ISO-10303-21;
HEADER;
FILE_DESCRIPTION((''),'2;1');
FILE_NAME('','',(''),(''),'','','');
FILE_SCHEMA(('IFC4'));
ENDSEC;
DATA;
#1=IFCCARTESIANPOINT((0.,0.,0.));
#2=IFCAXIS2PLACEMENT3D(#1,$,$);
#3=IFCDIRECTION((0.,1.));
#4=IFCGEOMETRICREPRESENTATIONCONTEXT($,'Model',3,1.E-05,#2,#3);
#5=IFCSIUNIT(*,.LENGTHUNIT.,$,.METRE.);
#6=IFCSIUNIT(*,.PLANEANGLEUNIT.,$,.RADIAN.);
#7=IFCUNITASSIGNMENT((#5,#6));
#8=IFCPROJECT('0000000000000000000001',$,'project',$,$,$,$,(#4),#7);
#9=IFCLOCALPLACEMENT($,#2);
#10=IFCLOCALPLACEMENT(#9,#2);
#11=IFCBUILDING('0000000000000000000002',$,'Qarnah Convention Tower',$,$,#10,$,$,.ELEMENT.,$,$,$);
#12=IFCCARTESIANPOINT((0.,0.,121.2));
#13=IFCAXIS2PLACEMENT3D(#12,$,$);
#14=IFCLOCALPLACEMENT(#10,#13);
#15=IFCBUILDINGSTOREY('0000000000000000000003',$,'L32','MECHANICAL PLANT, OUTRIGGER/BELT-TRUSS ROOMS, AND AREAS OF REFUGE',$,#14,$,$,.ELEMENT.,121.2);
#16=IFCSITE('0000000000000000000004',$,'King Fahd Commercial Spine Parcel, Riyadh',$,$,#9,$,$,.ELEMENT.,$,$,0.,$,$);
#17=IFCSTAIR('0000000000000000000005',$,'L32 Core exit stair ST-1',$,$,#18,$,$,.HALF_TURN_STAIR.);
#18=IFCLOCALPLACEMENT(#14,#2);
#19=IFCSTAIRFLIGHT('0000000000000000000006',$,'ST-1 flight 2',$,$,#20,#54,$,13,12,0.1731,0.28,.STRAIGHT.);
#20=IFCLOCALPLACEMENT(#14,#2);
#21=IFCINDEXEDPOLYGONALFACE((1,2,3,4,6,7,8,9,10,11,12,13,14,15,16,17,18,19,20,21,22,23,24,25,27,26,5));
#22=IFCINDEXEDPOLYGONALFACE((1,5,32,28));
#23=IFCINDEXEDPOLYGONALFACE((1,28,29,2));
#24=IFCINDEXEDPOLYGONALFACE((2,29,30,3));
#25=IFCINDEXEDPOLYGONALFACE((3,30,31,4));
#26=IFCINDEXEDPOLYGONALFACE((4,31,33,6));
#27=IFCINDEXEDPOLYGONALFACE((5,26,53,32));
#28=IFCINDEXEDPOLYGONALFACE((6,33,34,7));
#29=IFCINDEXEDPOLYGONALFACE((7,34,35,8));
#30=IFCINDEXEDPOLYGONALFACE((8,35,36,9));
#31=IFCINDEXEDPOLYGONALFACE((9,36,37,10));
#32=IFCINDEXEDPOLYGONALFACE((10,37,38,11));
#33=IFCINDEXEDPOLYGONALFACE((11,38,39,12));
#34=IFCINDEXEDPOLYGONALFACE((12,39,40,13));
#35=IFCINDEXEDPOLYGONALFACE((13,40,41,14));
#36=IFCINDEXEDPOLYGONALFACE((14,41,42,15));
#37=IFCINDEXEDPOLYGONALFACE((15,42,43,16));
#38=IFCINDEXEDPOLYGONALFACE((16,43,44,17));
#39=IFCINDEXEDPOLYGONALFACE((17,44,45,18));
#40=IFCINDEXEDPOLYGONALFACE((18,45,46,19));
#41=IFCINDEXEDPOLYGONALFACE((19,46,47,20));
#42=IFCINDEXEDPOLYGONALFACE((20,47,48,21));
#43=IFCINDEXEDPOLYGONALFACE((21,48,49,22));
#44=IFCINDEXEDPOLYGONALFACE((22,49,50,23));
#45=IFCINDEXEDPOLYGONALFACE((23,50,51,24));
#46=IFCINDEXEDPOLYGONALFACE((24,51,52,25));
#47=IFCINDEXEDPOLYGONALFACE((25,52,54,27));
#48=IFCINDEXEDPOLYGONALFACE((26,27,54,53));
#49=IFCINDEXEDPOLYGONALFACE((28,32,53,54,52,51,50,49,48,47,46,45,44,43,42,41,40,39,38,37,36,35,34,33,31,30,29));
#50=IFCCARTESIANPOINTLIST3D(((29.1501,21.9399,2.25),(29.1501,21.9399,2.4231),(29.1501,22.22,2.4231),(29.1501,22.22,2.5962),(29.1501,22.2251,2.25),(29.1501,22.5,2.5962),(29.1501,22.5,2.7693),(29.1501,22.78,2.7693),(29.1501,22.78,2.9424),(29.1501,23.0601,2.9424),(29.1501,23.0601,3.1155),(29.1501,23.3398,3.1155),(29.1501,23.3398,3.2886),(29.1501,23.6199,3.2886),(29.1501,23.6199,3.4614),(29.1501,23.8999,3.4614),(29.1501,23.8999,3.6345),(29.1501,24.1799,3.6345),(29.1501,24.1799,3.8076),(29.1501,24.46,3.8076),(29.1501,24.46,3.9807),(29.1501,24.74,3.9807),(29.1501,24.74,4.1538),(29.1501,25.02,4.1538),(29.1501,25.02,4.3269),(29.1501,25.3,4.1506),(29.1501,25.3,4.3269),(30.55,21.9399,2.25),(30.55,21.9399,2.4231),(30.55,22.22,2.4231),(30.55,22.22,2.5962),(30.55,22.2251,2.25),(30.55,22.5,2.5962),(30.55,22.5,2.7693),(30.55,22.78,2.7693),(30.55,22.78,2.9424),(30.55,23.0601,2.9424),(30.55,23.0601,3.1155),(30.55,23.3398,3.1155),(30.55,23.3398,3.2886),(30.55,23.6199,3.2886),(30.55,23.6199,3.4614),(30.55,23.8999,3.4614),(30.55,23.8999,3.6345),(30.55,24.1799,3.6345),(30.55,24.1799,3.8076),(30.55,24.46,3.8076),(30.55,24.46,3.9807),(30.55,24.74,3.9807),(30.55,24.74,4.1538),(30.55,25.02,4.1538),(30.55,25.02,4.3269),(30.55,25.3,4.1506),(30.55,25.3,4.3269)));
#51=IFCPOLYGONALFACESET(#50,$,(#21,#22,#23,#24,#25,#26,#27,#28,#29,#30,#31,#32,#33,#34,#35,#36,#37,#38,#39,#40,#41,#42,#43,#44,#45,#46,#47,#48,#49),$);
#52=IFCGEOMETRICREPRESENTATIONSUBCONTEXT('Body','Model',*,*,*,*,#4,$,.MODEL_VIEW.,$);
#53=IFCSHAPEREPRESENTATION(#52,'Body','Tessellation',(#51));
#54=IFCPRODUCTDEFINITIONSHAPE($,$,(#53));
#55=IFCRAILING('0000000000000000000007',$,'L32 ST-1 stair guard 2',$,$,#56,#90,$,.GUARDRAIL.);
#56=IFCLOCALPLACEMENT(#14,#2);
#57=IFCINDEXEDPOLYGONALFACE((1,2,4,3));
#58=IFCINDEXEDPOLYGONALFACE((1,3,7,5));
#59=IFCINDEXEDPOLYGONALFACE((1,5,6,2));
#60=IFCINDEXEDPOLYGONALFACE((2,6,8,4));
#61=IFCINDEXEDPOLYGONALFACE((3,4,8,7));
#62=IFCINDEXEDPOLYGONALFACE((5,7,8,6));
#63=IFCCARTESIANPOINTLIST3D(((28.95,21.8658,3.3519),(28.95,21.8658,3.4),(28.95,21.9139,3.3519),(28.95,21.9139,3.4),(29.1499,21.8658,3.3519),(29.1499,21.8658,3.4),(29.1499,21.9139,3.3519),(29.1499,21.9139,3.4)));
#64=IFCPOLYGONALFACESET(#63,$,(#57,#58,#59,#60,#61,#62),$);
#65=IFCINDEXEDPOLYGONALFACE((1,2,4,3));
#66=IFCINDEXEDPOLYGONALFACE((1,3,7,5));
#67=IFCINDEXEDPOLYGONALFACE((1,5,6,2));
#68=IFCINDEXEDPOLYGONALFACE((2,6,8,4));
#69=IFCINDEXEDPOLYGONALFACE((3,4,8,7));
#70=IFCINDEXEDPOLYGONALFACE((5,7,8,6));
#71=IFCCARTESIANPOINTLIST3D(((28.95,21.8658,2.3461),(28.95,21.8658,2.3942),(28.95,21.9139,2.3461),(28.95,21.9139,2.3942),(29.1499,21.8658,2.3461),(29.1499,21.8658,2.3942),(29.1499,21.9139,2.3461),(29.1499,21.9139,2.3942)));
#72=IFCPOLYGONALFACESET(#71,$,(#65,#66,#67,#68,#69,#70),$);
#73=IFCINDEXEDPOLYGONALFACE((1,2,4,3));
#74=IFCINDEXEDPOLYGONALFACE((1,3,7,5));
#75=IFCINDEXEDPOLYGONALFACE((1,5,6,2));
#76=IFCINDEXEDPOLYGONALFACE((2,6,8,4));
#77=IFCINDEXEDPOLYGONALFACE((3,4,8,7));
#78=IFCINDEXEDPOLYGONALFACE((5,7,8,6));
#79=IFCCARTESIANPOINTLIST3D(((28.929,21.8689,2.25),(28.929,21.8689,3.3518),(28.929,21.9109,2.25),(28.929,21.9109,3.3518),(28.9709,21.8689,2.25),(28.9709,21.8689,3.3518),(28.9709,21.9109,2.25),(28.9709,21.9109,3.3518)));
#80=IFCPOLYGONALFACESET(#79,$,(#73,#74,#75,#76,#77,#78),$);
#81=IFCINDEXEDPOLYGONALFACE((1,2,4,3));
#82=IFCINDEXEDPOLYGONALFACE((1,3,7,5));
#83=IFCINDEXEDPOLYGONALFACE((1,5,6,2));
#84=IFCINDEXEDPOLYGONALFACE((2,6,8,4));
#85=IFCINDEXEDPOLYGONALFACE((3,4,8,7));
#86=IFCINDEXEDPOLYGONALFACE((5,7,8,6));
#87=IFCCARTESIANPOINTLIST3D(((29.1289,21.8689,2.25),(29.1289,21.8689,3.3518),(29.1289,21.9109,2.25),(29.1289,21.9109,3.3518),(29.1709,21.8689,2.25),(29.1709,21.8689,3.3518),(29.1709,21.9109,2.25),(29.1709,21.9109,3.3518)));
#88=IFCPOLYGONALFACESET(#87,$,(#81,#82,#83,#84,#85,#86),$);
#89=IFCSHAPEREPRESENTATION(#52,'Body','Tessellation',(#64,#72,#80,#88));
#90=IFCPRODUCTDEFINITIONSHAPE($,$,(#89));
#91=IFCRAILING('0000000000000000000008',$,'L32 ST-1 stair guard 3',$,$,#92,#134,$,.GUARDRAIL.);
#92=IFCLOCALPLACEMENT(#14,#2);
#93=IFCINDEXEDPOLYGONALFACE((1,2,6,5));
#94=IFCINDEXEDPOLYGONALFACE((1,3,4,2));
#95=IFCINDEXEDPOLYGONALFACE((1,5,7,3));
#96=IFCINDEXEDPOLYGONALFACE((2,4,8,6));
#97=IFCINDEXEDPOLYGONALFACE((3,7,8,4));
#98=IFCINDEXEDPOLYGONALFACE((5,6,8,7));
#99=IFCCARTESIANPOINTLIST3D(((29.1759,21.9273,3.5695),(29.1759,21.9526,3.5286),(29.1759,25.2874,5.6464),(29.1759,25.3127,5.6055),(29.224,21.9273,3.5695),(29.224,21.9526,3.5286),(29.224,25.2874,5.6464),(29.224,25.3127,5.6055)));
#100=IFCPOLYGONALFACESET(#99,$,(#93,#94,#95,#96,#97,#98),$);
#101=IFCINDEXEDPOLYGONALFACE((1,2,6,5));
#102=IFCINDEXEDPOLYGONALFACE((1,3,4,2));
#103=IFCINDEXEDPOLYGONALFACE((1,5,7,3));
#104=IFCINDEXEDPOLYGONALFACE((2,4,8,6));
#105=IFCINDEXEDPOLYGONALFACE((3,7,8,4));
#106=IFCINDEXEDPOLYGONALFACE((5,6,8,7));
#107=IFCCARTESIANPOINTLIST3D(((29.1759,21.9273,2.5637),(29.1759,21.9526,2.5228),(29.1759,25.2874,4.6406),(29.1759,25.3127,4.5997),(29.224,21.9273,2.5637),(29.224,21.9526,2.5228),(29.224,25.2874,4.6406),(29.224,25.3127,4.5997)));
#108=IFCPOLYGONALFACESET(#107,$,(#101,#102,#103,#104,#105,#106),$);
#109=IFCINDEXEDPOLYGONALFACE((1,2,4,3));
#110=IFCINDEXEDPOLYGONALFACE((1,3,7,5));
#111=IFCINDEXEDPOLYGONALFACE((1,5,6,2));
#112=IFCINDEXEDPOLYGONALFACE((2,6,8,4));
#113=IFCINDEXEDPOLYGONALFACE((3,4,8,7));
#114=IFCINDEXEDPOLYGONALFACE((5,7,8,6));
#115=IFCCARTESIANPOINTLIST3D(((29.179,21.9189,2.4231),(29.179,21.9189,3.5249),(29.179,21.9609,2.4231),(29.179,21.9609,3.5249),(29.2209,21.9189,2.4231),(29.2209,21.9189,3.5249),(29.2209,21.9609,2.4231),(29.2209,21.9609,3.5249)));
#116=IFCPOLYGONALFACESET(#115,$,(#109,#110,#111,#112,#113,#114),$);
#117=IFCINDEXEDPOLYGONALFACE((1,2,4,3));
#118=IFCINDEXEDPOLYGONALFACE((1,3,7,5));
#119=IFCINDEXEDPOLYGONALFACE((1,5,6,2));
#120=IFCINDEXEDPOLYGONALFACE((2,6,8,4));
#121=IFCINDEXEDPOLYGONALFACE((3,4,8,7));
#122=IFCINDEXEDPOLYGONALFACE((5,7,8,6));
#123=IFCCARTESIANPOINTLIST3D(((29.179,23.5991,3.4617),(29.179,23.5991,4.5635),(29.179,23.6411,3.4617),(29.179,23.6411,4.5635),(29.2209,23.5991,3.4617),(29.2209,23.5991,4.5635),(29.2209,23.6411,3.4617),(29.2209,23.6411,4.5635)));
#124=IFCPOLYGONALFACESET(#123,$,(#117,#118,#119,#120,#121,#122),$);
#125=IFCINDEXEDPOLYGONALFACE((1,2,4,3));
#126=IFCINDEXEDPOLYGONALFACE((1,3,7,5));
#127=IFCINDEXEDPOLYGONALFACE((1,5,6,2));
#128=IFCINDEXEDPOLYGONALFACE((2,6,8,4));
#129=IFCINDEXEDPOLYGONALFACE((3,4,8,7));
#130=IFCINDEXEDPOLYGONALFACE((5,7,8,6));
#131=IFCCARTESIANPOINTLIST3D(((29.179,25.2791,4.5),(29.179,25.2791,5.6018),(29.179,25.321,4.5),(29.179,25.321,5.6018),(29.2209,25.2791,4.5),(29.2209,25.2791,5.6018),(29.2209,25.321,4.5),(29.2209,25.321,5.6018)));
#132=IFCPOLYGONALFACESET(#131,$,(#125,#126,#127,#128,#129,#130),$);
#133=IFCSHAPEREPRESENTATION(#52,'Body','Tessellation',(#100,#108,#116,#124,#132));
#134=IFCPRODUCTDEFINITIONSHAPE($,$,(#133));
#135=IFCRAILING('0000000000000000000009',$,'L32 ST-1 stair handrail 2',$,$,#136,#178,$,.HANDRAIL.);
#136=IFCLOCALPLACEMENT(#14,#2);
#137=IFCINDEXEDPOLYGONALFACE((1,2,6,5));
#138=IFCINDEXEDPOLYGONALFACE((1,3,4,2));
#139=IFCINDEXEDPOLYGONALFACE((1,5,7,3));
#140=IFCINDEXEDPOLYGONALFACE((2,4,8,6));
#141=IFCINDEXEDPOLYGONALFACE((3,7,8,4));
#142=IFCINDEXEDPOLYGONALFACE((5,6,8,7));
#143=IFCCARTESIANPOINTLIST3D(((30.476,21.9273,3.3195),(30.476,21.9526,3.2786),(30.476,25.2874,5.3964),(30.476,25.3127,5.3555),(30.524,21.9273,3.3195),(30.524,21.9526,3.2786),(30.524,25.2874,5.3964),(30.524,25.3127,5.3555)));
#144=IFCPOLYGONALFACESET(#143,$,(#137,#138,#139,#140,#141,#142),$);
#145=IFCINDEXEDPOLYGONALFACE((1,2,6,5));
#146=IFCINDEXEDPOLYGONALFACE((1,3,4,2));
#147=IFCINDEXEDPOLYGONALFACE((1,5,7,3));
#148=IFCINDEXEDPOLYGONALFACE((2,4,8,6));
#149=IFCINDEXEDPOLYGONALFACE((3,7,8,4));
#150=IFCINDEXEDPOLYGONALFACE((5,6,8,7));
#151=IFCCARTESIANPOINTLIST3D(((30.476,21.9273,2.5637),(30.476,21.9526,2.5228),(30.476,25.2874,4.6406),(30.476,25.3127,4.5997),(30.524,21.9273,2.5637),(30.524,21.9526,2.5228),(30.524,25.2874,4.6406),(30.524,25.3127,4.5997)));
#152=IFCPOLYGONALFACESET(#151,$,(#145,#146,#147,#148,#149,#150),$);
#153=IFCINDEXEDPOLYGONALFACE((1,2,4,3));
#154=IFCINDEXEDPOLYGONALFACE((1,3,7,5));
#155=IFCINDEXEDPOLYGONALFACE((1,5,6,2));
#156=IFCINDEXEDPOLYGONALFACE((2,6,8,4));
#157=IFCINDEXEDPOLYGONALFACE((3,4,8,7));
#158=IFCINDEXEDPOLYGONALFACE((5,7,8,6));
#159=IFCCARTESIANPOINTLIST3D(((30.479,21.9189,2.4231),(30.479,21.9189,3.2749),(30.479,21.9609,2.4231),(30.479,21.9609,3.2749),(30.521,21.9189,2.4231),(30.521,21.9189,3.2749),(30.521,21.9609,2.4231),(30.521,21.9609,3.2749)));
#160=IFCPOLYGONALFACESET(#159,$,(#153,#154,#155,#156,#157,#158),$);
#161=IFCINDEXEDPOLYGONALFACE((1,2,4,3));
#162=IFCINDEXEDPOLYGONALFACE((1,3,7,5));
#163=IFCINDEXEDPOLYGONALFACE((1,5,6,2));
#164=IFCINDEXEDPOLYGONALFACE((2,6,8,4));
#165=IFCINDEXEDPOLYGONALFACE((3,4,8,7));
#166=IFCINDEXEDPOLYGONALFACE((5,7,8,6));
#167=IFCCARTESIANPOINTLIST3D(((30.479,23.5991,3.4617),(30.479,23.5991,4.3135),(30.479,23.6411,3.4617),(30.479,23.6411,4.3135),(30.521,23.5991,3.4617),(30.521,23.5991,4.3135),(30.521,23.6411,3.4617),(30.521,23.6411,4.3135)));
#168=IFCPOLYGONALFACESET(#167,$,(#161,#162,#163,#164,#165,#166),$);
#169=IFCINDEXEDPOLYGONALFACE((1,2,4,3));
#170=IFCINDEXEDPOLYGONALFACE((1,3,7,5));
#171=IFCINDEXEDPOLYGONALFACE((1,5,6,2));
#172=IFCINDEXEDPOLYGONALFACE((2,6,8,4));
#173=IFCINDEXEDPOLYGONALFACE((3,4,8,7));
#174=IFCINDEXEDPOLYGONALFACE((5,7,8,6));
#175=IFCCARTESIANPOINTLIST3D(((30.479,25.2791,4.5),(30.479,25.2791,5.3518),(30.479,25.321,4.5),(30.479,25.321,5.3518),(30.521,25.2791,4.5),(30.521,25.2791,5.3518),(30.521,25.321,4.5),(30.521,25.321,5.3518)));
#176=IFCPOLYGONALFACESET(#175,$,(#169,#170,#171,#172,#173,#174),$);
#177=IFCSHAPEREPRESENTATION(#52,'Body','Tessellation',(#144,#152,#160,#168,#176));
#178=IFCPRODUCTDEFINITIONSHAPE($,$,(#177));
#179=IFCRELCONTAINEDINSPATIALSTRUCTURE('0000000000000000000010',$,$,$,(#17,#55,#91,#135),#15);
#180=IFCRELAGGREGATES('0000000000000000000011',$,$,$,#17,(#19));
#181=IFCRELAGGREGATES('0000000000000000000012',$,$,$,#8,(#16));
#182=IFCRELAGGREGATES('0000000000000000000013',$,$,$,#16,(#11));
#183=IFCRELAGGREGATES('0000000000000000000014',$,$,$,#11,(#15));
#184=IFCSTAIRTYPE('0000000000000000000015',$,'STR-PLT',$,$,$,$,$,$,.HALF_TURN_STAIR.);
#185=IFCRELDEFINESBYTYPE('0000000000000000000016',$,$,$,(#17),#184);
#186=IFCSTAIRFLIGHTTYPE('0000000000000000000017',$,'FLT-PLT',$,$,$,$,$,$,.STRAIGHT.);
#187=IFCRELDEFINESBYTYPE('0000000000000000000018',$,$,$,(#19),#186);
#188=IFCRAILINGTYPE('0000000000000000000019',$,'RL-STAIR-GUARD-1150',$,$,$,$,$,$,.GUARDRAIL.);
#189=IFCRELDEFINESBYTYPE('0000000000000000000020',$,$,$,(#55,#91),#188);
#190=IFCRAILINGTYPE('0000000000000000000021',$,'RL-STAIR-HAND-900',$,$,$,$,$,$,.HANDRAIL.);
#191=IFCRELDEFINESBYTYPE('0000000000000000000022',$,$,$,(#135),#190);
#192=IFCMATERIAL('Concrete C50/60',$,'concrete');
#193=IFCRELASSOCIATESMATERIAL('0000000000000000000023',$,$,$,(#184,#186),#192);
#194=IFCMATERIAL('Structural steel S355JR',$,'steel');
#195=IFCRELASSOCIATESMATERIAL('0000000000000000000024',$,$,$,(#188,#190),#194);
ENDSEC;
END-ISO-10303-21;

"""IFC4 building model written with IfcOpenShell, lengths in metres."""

from ifc_helpers import new_model, si_unit, direction, frame, origin, origin_2d, place, context, subcontext, project, spatial, polyline, rectangle, outline, extrude, material, type_object, element, aggregate, save


model = new_model("IFC4")

# Units and contexts
model_context = context("Model", 3, precision=1e-05, world=origin(), true_north=direction((0.0, 1.0)))
body_context = subcontext(model_context, "Body", "Model", "MODEL_VIEW")
ifc_project = project(units=[si_unit("LENGTHUNIT", "METRE"), si_unit("PLANEANGLEUNIT", "RADIAN")], contexts=[model_context])

# Site, building, storey
site_placement = place(None, origin())
site = spatial("IfcSite", under=ifc_project, at=site_placement, Name="King Fahd Commercial Spine Parcel, Riyadh", CompositionType="ELEMENT", RefElevation=0.0)
building_placement = place(site_placement, origin())
building = spatial("IfcBuilding", under=site, at=building_placement, Name="Qarnah Convention Tower", CompositionType="ELEMENT")
storey_placement = place(building_placement, frame((0.0, 0.0, 121.2)))
storey = spatial("IfcBuildingStorey", under=building, at=storey_placement, Name="L32", Description="MECHANICAL PLANT, OUTRIGGER/BELT-TRUSS ROOMS, AND AREAS OF REFUGE", CompositionType="ELEMENT", Elevation=121.2)

# Shared definitions
ifc_material_1 = material(Name="Structural steel S355JR", Category="steel")

# Stair, stair flight
ifc_material_2 = material(Name="Concrete C50/60", Category="concrete")
stair_type = type_object("IfcStairType", Name="STR-PLT", PredefinedType="HALF_TURN_STAIR", material=ifc_material_2)
stair_placement = place(storey_placement, origin())
stair = element("IfcStair", 1, at=stair_placement, inside=storey, type_object=stair_type, Name="L32 Core exit stair ST-1", PredefinedType="HALF_TURN_STAIR")
stair_flight_type = type_object("IfcStairFlightType", Name="FLT-PLT", PredefinedType="STRAIGHT", material=ifc_material_2)
stair_flight_placement = place(storey_placement, frame((29.8501, 21.9399, 2.25), z_axis=(0.0, 0.0, 1.0), x_axis=(0.0, 1.0, 0.0)))
stair_flight = element("IfcStairFlight", 2, at=stair_flight_placement, type_object=stair_flight_type, Name="ST-1 flight 2", NumberOfRisers=13, NumberOfTreads=12, PredefinedType="STRAIGHT", RiserHeight=0.1731, TreadLength=0.28, context=body_context, shape_type="SweptSolid", body=[
    extrude(outline(polyline([(0.0, 0.0), (0.0, 0.1731), (0.28, 0.1731), (0.28, 0.3462), (0.5601, 0.3462), (0.5601, 0.5193), (0.8401, 0.5193), (0.8401, 0.6924), (1.1201, 0.6924), (1.1201, 0.8655), (1.3999, 0.8655), (1.3999, 1.0386), (1.6799, 1.0386), (1.6799, 1.2114), (1.96, 1.2114), (1.96, 1.3845), (2.24, 1.3845), (2.24, 1.5576), (2.52, 1.5576), (2.52, 1.7307), (2.8, 1.7307), (2.8, 1.9038), (3.0801, 1.9038), (3.0801, 2.0769), (3.3601, 2.0769), (3.3601, 2.25), (3.3601, 1.9006), (0.2852, 0.0), (0.0, 0.0)])), frame((0.0, 0.7, 0.0), z_axis=(0.0, -1.0, 0.0), x_axis=(1.0, 0.0, 0.0)), (0.0, 0.0, 1.0), 1.3999),
])
aggregate(stair, [stair_flight])

# Railings
railing_type_1 = type_object("IfcRailingType", Name="RL-STAIR-GUARD-1150", PredefinedType="GUARDRAIL", material=ifc_material_1)
railing_1_placement = place(storey_placement, frame((28.95, 21.8899, 2.25)))
element("IfcRailing", 3, at=railing_1_placement, inside=storey, type_object=railing_type_1, Name="L32 ST-1 stair guard 2", PredefinedType="GUARDRAIL", context=body_context, shape_type="SweptSolid", body=[
    extrude(rectangle(XDim=0.0481, YDim=0.0481, at=origin_2d()), frame((0.0, 0.0, 1.126), z_axis=(1.0, 0.0, 0.0), x_axis=(0.0, 1.0, 0.0)), (0.0, 0.0, 1.0), 0.2),
    extrude(rectangle(XDim=0.0481, YDim=0.0481, at=origin_2d()), frame((0.0, 0.0, 0.1201), z_axis=(1.0, 0.0, 0.0), x_axis=(0.0, 1.0, 0.0)), (0.0, 0.0, 1.0), 0.2),
    extrude(rectangle(XDim=0.042, YDim=0.042, at=origin_2d()), origin(), (0.0, 0.0, 1.0), 1.1018),
    extrude(rectangle(XDim=0.042, YDim=0.042, at=origin_2d()), frame((0.2, 0.0, 0.0)), (0.0, 0.0, 1.0), 1.1018),
])
railing_2_placement = place(storey_placement, frame((29.2, 21.9399, 2.4231)))
element("IfcRailing", 4, at=railing_2_placement, inside=storey, type_object=railing_type_1, Name="L32 ST-1 stair guard 3", PredefinedType="GUARDRAIL", context=body_context, shape_type="SweptSolid", body=[
    extrude(rectangle(XDim=0.0481, YDim=0.0481, at=origin_2d()), frame((0.0, 0.0, 1.126), z_axis=(0.0, 0.850623, 0.525776), x_axis=(-1.0, 0.0, 0.0)), (0.0, 0.0, 1.0), 3.9502),
    extrude(rectangle(XDim=0.0481, YDim=0.0481, at=origin_2d()), frame((0.0, 0.0, 0.1201), z_axis=(0.0, 0.850623, 0.525776), x_axis=(-1.0, 0.0, 0.0)), (0.0, 0.0, 1.0), 3.9502),
    extrude(rectangle(XDim=0.042, YDim=0.042, at=origin_2d()), origin(), (0.0, 0.0, 1.0), 1.1018),
    extrude(rectangle(XDim=0.042, YDim=0.042, at=origin_2d()), frame((0.0, 1.6802, 1.0386)), (0.0, 0.0, 1.0), 1.1018),
    extrude(rectangle(XDim=0.042, YDim=0.042, at=origin_2d()), frame((0.0, 3.3601, 2.0769)), (0.0, 0.0, 1.0), 1.1018),
])
railing_type_2 = type_object("IfcRailingType", Name="RL-STAIR-HAND-900", PredefinedType="HANDRAIL", material=ifc_material_1)
railing_3_placement = place(storey_placement, frame((30.5, 21.9399, 2.4231)))
element("IfcRailing", 5, at=railing_3_placement, inside=storey, type_object=railing_type_2, Name="L32 ST-1 stair handrail 2", PredefinedType="HANDRAIL", context=body_context, shape_type="SweptSolid", body=[
    extrude(rectangle(XDim=0.0481, YDim=0.0481, at=origin_2d()), frame((0.0, 0.0, 0.876), z_axis=(0.0, 0.850623, 0.525776), x_axis=(-1.0, 0.0, 0.0)), (0.0, 0.0, 1.0), 3.9502),
    extrude(rectangle(XDim=0.0481, YDim=0.0481, at=origin_2d()), frame((0.0, 0.0, 0.1201), z_axis=(0.0, 0.850623, 0.525776), x_axis=(-1.0, 0.0, 0.0)), (0.0, 0.0, 1.0), 3.9502),
    extrude(rectangle(XDim=0.042, YDim=0.042, at=origin_2d()), origin(), (0.0, 0.0, 1.0), 0.8518),
    extrude(rectangle(XDim=0.042, YDim=0.042, at=origin_2d()), frame((0.0, 1.6802, 1.0386)), (0.0, 0.0, 1.0), 0.8518),
    extrude(rectangle(XDim=0.042, YDim=0.042, at=origin_2d()), frame((0.0, 3.3601, 2.0769)), (0.0, 0.0, 1.0), 0.8518),
])

save(model, "model.ifc")
